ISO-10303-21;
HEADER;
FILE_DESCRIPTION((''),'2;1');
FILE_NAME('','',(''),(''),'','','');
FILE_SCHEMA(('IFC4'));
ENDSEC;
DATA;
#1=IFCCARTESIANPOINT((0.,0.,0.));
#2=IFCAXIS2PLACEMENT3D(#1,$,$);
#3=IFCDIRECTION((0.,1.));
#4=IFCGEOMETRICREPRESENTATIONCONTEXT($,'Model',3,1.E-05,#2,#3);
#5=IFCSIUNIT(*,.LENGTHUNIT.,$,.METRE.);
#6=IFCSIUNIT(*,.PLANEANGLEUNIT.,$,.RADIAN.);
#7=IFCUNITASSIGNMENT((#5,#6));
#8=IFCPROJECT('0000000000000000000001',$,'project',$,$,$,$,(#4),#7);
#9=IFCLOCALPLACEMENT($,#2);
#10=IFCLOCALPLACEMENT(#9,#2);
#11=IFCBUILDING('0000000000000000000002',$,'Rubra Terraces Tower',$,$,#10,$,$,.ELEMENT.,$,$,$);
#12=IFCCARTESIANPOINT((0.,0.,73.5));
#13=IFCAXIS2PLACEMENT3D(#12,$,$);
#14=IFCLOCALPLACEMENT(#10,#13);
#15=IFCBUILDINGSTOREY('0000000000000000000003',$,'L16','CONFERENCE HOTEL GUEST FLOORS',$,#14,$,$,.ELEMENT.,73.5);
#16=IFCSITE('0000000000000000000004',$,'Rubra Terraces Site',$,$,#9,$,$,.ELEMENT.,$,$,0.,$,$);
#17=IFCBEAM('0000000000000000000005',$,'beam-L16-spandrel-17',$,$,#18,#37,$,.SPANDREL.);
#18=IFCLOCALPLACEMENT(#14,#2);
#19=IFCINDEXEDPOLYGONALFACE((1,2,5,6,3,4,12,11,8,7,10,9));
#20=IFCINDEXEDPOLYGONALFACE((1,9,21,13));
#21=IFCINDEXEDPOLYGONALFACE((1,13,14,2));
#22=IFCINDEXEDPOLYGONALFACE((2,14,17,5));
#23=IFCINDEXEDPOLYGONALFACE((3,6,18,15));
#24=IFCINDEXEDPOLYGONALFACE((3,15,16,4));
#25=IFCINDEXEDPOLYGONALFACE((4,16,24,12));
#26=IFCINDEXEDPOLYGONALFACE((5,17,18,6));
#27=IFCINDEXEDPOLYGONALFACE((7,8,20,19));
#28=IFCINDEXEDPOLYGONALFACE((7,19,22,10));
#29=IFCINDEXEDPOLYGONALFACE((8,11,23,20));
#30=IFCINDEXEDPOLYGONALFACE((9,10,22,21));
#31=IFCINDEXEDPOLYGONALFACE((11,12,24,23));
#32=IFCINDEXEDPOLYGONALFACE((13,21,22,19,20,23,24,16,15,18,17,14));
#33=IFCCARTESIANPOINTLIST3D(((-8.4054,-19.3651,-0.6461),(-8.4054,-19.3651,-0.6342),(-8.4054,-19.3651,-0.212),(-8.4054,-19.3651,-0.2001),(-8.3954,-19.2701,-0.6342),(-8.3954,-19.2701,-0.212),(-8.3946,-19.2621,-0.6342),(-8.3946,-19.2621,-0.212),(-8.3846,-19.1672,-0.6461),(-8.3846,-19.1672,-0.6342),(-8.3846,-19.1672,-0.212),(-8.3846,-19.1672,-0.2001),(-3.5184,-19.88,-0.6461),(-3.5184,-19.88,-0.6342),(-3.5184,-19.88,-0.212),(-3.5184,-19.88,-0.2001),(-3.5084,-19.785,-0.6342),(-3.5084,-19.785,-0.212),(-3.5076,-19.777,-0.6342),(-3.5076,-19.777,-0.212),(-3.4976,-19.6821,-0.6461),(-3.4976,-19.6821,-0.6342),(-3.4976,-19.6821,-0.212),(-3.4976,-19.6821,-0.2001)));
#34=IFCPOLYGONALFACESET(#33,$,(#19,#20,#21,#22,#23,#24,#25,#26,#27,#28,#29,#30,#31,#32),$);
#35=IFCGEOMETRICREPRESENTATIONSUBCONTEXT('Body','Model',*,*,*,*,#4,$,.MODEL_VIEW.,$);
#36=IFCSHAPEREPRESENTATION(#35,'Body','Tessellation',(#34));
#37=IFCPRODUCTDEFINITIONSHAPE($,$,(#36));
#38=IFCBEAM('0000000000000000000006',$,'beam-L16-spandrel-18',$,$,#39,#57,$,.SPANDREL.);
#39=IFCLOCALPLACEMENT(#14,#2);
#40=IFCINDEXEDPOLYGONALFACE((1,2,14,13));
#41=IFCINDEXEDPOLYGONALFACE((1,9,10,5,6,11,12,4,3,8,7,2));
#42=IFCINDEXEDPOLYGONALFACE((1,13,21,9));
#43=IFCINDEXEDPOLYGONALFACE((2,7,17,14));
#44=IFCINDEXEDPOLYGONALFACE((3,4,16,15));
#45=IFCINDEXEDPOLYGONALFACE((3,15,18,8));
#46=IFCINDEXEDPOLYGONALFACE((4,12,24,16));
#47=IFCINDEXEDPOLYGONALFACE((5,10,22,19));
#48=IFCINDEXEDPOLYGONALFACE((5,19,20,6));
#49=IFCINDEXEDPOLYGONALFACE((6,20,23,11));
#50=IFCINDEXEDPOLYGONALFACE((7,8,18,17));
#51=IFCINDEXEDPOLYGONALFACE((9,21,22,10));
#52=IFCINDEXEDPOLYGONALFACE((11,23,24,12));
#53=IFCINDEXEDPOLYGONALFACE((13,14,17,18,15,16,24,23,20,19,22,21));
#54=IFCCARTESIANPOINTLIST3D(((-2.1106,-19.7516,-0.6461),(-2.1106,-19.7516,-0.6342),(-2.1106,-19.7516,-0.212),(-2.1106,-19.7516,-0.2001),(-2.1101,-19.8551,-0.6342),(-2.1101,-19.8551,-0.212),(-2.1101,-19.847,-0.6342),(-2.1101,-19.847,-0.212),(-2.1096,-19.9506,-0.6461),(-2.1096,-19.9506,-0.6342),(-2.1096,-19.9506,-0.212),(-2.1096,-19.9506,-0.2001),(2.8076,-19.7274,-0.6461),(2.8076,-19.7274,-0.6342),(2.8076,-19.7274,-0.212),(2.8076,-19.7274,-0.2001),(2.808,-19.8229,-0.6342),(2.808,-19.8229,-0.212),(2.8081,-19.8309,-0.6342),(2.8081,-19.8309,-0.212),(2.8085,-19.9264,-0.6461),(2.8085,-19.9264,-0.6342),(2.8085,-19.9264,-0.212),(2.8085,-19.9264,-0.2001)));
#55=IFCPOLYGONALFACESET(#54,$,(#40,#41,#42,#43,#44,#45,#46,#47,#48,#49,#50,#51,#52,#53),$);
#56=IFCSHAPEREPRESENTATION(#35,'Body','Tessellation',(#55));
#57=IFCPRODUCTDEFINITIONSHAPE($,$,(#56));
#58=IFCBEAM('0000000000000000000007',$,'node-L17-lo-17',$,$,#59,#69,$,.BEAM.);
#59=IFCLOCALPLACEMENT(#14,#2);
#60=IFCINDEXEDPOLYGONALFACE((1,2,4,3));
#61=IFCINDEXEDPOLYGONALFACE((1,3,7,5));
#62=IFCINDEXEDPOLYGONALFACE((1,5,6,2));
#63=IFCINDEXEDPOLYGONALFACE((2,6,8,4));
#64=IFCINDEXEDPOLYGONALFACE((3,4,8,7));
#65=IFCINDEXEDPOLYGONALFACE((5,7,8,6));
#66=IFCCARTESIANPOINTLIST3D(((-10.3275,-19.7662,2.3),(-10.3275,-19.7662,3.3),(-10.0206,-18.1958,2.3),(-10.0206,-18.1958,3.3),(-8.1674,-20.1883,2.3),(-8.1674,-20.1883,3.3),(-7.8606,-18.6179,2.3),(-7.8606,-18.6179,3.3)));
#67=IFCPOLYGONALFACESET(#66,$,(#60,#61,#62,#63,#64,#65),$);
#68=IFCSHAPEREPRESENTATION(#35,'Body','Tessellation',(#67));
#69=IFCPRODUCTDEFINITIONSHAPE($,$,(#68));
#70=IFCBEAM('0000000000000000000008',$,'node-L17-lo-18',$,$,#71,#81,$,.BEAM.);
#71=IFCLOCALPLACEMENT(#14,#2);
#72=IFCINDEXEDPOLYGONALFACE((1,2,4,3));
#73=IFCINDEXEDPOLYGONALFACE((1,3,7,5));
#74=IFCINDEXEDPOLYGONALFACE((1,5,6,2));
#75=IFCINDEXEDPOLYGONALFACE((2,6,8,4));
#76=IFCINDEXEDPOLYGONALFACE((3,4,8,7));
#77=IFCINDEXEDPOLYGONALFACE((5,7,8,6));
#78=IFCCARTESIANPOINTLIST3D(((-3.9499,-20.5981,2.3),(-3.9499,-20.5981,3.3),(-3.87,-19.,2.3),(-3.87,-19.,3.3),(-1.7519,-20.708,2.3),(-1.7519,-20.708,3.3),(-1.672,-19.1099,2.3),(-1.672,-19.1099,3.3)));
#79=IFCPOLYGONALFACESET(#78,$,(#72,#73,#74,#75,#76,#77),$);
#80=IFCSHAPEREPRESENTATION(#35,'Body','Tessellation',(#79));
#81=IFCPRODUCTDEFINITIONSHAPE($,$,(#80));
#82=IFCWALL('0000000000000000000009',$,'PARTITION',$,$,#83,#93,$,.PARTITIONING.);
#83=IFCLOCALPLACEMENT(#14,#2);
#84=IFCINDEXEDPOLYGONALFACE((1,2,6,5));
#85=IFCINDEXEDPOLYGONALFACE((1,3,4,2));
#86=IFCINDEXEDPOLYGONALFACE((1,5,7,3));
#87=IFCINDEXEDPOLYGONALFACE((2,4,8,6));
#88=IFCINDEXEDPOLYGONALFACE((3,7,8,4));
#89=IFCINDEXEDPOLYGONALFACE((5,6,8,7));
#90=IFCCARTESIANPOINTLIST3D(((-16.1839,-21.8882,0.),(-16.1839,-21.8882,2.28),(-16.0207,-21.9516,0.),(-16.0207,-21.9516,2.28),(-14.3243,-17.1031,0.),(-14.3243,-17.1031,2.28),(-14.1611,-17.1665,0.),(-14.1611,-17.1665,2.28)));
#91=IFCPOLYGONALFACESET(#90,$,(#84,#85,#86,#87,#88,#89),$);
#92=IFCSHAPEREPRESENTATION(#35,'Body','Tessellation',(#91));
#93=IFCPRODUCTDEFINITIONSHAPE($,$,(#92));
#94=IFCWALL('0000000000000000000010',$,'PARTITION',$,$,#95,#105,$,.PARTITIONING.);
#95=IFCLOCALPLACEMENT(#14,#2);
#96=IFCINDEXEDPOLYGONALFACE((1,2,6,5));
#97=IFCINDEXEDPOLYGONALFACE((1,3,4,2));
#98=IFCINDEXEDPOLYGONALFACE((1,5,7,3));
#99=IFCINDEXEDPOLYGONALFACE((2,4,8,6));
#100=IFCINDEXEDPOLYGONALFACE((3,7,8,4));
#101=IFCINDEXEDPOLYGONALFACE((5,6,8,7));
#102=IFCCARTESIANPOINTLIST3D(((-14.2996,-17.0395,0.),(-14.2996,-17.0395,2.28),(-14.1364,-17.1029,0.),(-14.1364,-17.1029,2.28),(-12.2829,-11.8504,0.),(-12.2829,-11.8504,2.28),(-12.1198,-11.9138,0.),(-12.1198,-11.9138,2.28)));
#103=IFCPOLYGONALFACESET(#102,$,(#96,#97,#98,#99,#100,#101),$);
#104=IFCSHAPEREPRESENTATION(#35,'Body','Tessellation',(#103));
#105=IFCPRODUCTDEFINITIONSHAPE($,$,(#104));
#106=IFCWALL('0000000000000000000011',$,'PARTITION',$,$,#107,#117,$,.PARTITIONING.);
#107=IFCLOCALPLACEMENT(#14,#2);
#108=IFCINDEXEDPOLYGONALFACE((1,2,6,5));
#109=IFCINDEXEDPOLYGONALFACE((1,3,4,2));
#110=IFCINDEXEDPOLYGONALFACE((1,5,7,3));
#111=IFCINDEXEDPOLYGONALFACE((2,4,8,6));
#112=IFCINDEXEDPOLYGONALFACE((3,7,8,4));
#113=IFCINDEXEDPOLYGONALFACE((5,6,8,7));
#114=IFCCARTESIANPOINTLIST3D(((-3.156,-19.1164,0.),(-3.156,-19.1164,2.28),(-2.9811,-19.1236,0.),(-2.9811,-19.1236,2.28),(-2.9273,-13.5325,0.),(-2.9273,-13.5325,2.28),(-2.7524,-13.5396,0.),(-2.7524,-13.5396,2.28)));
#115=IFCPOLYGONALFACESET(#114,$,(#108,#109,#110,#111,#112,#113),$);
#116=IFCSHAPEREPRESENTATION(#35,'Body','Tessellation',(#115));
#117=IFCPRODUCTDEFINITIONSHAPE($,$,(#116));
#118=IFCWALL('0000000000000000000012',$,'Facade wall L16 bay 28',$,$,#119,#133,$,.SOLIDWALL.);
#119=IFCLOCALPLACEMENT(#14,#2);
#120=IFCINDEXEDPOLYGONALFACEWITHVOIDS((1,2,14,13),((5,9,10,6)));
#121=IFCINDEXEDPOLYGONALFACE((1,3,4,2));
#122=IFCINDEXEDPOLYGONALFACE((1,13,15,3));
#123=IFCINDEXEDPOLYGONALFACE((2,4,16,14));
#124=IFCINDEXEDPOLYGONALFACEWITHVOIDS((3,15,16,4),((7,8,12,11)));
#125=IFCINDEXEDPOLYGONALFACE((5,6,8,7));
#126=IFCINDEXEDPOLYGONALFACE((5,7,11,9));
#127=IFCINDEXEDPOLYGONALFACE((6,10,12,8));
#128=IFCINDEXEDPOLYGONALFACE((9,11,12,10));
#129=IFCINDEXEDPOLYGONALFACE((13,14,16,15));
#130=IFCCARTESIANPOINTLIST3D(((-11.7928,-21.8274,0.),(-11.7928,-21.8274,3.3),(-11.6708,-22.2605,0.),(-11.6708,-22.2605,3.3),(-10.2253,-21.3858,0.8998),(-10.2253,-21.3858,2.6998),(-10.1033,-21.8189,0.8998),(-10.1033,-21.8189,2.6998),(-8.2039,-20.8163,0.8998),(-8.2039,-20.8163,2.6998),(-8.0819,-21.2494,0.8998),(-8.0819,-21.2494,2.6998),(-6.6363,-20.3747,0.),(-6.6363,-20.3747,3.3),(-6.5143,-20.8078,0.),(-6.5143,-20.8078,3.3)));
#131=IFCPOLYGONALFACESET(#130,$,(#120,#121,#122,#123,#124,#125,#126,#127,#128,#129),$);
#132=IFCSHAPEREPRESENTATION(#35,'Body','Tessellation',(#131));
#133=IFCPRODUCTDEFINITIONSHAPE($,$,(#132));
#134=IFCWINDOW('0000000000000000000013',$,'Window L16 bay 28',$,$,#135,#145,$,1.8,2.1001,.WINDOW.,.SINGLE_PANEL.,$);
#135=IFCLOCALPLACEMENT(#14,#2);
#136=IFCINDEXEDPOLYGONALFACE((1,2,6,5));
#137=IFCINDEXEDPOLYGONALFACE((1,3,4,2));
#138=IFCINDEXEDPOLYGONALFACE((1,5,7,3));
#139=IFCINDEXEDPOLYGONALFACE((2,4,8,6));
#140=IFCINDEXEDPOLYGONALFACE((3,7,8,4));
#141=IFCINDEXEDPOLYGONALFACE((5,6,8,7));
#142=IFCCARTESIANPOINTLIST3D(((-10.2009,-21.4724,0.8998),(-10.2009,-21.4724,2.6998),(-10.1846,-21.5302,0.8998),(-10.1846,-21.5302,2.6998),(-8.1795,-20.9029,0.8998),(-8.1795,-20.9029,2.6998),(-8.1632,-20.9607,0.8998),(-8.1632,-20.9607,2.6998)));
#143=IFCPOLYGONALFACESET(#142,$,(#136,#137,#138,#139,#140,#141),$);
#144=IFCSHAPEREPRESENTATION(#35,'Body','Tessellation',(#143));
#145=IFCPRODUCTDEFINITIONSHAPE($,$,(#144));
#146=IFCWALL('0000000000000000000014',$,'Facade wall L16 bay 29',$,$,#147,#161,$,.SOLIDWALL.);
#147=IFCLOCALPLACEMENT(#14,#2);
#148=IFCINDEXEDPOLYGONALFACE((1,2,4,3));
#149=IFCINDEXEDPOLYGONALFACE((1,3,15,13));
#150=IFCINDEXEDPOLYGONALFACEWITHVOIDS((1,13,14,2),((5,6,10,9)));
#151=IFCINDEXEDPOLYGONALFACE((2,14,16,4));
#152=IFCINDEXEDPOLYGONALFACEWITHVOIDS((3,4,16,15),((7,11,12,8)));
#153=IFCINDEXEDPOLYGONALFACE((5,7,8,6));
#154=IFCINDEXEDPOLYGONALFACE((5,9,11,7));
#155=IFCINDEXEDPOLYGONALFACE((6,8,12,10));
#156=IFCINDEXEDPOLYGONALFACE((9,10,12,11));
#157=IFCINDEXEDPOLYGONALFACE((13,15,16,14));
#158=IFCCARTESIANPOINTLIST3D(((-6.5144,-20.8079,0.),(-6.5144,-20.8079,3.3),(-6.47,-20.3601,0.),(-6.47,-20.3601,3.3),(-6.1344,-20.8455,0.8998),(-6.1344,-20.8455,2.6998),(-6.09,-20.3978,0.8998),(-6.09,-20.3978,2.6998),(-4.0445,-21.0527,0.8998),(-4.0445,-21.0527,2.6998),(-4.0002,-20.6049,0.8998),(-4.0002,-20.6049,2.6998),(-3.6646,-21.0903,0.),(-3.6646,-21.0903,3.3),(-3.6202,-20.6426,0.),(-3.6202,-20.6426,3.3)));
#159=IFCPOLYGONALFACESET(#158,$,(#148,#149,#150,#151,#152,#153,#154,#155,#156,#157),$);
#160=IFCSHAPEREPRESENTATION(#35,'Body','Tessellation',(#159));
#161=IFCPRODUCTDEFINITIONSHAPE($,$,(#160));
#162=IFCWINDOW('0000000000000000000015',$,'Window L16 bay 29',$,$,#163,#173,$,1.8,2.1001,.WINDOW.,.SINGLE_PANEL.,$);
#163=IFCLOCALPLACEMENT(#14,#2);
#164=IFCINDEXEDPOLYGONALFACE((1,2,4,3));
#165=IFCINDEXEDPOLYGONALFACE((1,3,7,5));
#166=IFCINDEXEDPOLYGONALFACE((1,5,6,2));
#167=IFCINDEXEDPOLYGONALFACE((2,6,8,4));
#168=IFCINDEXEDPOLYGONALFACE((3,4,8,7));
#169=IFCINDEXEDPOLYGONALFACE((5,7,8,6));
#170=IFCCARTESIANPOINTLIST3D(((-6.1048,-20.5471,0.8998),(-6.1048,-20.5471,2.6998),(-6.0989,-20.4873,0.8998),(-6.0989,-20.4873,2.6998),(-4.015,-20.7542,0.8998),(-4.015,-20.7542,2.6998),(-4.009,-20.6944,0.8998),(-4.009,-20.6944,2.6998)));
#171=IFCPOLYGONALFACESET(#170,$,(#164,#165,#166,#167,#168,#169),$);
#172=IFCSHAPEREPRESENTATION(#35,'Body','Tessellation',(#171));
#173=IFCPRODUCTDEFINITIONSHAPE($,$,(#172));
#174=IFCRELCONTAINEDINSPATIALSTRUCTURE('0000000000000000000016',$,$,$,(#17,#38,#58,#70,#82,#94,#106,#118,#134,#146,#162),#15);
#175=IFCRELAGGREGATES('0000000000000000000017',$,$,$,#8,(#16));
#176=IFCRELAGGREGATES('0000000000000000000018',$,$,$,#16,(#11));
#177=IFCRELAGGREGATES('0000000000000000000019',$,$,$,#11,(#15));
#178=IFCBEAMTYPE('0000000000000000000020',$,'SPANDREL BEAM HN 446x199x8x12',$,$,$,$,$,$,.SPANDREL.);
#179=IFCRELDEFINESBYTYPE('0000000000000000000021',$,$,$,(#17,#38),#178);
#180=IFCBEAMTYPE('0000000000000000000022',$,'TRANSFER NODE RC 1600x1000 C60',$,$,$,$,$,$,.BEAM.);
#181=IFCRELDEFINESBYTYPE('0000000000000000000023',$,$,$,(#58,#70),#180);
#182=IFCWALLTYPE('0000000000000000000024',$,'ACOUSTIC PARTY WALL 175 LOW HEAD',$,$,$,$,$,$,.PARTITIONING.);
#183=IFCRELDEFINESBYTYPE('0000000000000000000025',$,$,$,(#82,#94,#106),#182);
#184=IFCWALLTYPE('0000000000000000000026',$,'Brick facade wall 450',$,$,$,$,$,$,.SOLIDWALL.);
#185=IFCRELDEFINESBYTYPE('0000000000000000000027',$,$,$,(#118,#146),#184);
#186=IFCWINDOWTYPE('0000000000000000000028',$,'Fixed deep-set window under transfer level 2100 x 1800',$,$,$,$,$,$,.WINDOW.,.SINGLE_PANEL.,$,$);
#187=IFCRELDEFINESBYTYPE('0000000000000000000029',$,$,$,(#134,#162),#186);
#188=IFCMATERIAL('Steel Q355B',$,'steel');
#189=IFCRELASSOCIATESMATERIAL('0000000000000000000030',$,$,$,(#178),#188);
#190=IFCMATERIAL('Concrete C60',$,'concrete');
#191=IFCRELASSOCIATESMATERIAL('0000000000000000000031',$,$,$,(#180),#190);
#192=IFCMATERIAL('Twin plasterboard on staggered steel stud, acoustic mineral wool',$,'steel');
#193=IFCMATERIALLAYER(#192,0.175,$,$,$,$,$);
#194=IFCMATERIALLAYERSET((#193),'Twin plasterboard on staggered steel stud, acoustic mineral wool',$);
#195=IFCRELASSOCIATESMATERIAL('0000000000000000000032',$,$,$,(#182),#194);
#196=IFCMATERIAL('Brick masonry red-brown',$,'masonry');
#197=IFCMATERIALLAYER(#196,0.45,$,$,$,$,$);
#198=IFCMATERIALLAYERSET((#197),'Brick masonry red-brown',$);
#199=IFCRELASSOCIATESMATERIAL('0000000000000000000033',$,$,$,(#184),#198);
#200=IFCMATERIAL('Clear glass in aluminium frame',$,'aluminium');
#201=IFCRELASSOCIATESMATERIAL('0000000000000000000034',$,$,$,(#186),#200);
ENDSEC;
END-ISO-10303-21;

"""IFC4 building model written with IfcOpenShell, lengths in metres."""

from ifc_helpers import new_model, si_unit, direction, frame, frame_2d, origin, origin_2d, place, context, subcontext, project, spatial, rectangle, i_section, extrude, material, layer, layer_set, material_profile, profile_set, type_object, element, fill, save


model = new_model("IFC4")

# Units and contexts
model_context = context("Model", 3, precision=1e-05, world=origin(), true_north=direction((0.0, 1.0)))
body_context = subcontext(model_context, "Body", "Model", "MODEL_VIEW")
ifc_project = project(units=[si_unit("LENGTHUNIT", "METRE"), si_unit("PLANEANGLEUNIT", "RADIAN")], contexts=[model_context])

# Site, building, storey
site_placement = place(None, origin())
site = spatial("IfcSite", under=ifc_project, at=site_placement, Name="Rubra Terraces Site", CompositionType="ELEMENT", RefElevation=0.0)
building_placement = place(site_placement, origin())
building = spatial("IfcBuilding", under=site, at=building_placement, Name="Rubra Terraces Tower", CompositionType="ELEMENT")
storey_placement = place(building_placement, frame((0.0, 0.0, 73.5)))
storey = spatial("IfcBuildingStorey", under=building, at=storey_placement, Name="L16", Description="CONFERENCE HOTEL GUEST FLOORS", CompositionType="ELEMENT", Elevation=73.5)

# Shared definitions
ifc_material_1 = material(Name="Concrete C60", Category="concrete")

# Beams
ifc_material_2 = material(Name="Steel Q355B", Category="steel")
ifc_material_profile_1 = material_profile(ifc_material_2, i_section(OverallWidth=0.199, OverallDepth=0.446, WebThickness=0.0081, FlangeThickness=0.012, at=origin_2d()), Name="HN 446x199x8x12")
ifc_profile_set_1 = profile_set([ifc_material_profile_1], Name="Steel Q355B")
beam_type_1 = type_object("IfcBeamType", Name="SPANDREL BEAM HN 446x199x8x12", PredefinedType="SPANDREL", material=ifc_profile_set_1)
beam_1_placement = place(storey_placement, frame((-8.395, -19.2661, -0.4231), z_axis=(0.994495, -0.10478, 0.0), x_axis=(0.10478, 0.994495, 0.0)))
element("IfcBeam", 1, at=beam_1_placement, inside=storey, type_object=beam_type_1, Name="beam-L16-spandrel-17", PredefinedType="SPANDREL", context=body_context, shape_type="SweptSolid", body=[
    extrude(i_section(OverallWidth=0.199, OverallDepth=0.446, WebThickness=0.0081, FlangeThickness=0.012, at=origin_2d()), origin(), (0.0, 0.0, 1.0), 4.9141),
])
beam_2_placement = place(storey_placement, frame((-2.1101, -19.8511, -0.4231), z_axis=(0.999988, 0.004914, 0.0), x_axis=(-0.004914, 0.999988, 0.0)))
element("IfcBeam", 2, at=beam_2_placement, inside=storey, type_object=beam_type_1, Name="beam-L16-spandrel-18", PredefinedType="SPANDREL", context=body_context, shape_type="SweptSolid", body=[
    extrude(i_section(OverallWidth=0.199, OverallDepth=0.446, WebThickness=0.0081, FlangeThickness=0.012, at=origin_2d()), origin(), (0.0, 0.0, 1.0), 4.9182),
])
ifc_material_profile_2 = material_profile(ifc_material_1, rectangle(XDim=1.6001, YDim=1.0, at=origin_2d()), Name="RC 1600x1000")
ifc_profile_set_2 = profile_set([ifc_material_profile_2], Name="Concrete C60")
beam_type_2 = type_object("IfcBeamType", Name="TRANSFER NODE RC 1600x1000 C60", PredefinedType="BEAM", material=ifc_profile_set_2)
beam_3_placement = place(storey_placement, frame((-10.1741, -18.981, 2.8), z_axis=(0.981437, -0.191784, 0.0), x_axis=(0.191784, 0.981437, 0.0)))
element("IfcBeam", 3, at=beam_3_placement, inside=storey, type_object=beam_type_2, Name="node-L17-lo-17", PredefinedType="BEAM", context=body_context, shape_type="SweptSolid", body=[
    extrude(rectangle(XDim=1.6001, YDim=1.0, at=origin_2d()), origin(), (0.0, 0.0, 1.0), 2.2009),
])
beam_4_placement = place(storey_placement, frame((-3.9099, -19.7991, 2.8), z_axis=(0.998753, -0.049921, 0.0), x_axis=(0.049921, 0.998753, 0.0)))
element("IfcBeam", 4, at=beam_4_placement, inside=storey, type_object=beam_type_2, Name="node-L17-lo-18", PredefinedType="BEAM", context=body_context, shape_type="SweptSolid", body=[
    extrude(rectangle(XDim=1.6001, YDim=1.0, at=origin_2d()), origin(), (0.0, 0.0, 1.0), 2.2007),
])

# Walls
ifc_material_3 = material(Name="Twin plasterboard on staggered steel stud, acoustic mineral wool", Category="steel")
ifc_layer_1 = layer(ifc_material_3, 0.175)
ifc_layer_set_1 = layer_set([ifc_layer_1], Name="Twin plasterboard on staggered steel stud, acoustic mineral wool")
wall_type_1 = type_object("IfcWallType", Name="ACOUSTIC PARTY WALL 175 LOW HEAD", PredefinedType="PARTITIONING", material=ifc_layer_set_1)
wall_1_placement = place(storey_placement, frame((-16.1023, -21.9199, 0.0), z_axis=(0.0, 0.0, 1.0), x_axis=(0.362231, 0.932089, 0.0)))
element("IfcWall", 5, at=wall_1_placement, inside=storey, type_object=wall_type_1, Name="PARTITION", PredefinedType="PARTITIONING", context=body_context, shape_type="SweptSolid", body=[
    extrude(rectangle(XDim=5.1338, YDim=0.175, at=frame_2d((2.5669, 0.0))), origin(), (0.0, 0.0, 1.0), 2.28),
])
wall_2_placement = place(storey_placement, frame((-14.218, -17.0713, 0.0), z_axis=(0.0, 0.0, 1.0), x_axis=(0.362239, 0.932085, 0.0)))
element("IfcWall", 6, at=wall_2_placement, inside=storey, type_object=wall_type_1, Name="PARTITION", PredefinedType="PARTITIONING", context=body_context, shape_type="SweptSolid", body=[
    extrude(rectangle(XDim=5.5671, YDim=0.175, at=frame_2d((2.7837, 0.0))), origin(), (0.0, 0.0, 1.0), 2.28),
])
wall_3_placement = place(storey_placement, frame((-3.0686, -19.1201, 0.0), z_axis=(0.0, 0.0, 1.0), x_axis=(0.040933, 0.999162, 0.0)))
element("IfcWall", 7, at=wall_3_placement, inside=storey, type_object=wall_type_1, Name="PARTITION", PredefinedType="PARTITIONING", context=body_context, shape_type="SweptSolid", body=[
    extrude(rectangle(XDim=5.5886, YDim=0.175, at=frame_2d((2.7944, 0.0))), origin(), (0.0, 0.0, 1.0), 2.28),
])

# Walls, openings, windows
ifc_material_4 = material(Name="Brick masonry red-brown", Category="masonry")
ifc_layer_2 = layer(ifc_material_4, 0.45)
ifc_layer_set_2 = layer_set([ifc_layer_2], Name="Brick masonry red-brown")
wall_type_2 = type_object("IfcWallType", Name="Brick facade wall 450", PredefinedType="SOLIDWALL", material=ifc_layer_set_2)
wall_4_placement = place(storey_placement, frame((-11.7319, -22.0439, 0.0), z_axis=(0.0, 0.0, 1.0), x_axis=(0.962535, 0.271156, 0.0)))
wall_4 = element("IfcWall", 8, at=wall_4_placement, inside=storey, type_object=wall_type_2, Name="Facade wall L16 bay 28", PredefinedType="SOLIDWALL", context=body_context, shape_type="SweptSolid", body=[
    extrude(rectangle(XDim=5.3572, YDim=0.45, at=frame_2d((2.6787, 0.0))), origin(), (0.0, 0.0, 1.0), 3.3),
])
opening_1_placement = place(wall_4_placement, frame((1.6287, 0.0, 0.8999)))
opening_1 = element("IfcOpeningElement", 9, at=opening_1_placement, cuts=wall_4, PredefinedType="OPENING", context=body_context, shape_type="SweptSolid", body=[
    extrude(rectangle(XDim=2.1001, YDim=1.8, at=frame_2d((1.05, 0.8999))), frame((0.0, 0.2349, 0.0), z_axis=(0.0, -1.0, 0.0), x_axis=(1.0, 0.0, 0.0)), (0.0, 0.0, 1.0), 0.47),
])
ifc_material_5 = material(Name="Clear glass in aluminium frame", Category="aluminium")
window_type = type_object("IfcWindowType", Name="Fixed deep-set window under transfer level 2100 x 1800", PartitioningType="SINGLE_PANEL", PredefinedType="WINDOW", material=ifc_material_5)
window_1_placement = place(opening_1_placement, origin())
window_1 = element("IfcWindow", 10, at=window_1_placement, inside=storey, type_object=window_type, Name="Window L16 bay 28", OverallHeight=1.8, OverallWidth=2.1001, PartitioningType="SINGLE_PANEL", PredefinedType="WINDOW", context=body_context, shape_type="SweptSolid", body=[
    extrude(rectangle(XDim=2.1001, YDim=1.8, at=frame_2d((1.05, 0.8999))), frame((0.0, 0.135, 0.0), z_axis=(0.0, -1.0, 0.0), x_axis=(1.0, 0.0, 0.0)), (0.0, 0.0, 1.0), 0.0601),
])
fill(opening_1, window_1)
wall_5_placement = place(storey_placement, frame((-6.4922, -20.584, 0.0), z_axis=(0.0, 0.0, 1.0), x_axis=(0.995124, -0.098634, 0.0)))
wall_5 = element("IfcWall", 11, at=wall_5_placement, inside=storey, type_object=wall_type_2, Name="Facade wall L16 bay 29", PredefinedType="SOLIDWALL", context=body_context, shape_type="SweptSolid", body=[
    extrude(rectangle(XDim=2.8638, YDim=0.45, at=frame_2d((1.4319, 0.0))), origin(), (0.0, 0.0, 1.0), 3.3),
])
opening_2_placement = place(wall_5_placement, frame((0.3818, 0.0, 0.8999)))
opening_2 = element("IfcOpeningElement", 12, at=opening_2_placement, cuts=wall_5, PredefinedType="OPENING", context=body_context, shape_type="SweptSolid", body=[
    extrude(rectangle(XDim=2.1001, YDim=1.8, at=frame_2d((1.05, 0.8999))), frame((0.0, 0.2349, 0.0), z_axis=(0.0, -1.0, 0.0), x_axis=(1.0, 0.0, 0.0)), (0.0, 0.0, 1.0), 0.47),
])
window_2_placement = place(opening_2_placement, origin())
window_2 = element("IfcWindow", 13, at=window_2_placement, inside=storey, type_object=window_type, Name="Window L16 bay 29", OverallHeight=1.8, OverallWidth=2.1001, PartitioningType="SINGLE_PANEL", PredefinedType="WINDOW", context=body_context, shape_type="SweptSolid", body=[
    extrude(rectangle(XDim=2.1001, YDim=1.8, at=frame_2d((1.05, 0.8999))), frame((0.0, 0.135, 0.0), z_axis=(0.0, -1.0, 0.0), x_axis=(1.0, 0.0, 0.0)), (0.0, 0.0, 1.0), 0.0601),
])
fill(opening_2, window_2)

save(model, "model.ifc")
